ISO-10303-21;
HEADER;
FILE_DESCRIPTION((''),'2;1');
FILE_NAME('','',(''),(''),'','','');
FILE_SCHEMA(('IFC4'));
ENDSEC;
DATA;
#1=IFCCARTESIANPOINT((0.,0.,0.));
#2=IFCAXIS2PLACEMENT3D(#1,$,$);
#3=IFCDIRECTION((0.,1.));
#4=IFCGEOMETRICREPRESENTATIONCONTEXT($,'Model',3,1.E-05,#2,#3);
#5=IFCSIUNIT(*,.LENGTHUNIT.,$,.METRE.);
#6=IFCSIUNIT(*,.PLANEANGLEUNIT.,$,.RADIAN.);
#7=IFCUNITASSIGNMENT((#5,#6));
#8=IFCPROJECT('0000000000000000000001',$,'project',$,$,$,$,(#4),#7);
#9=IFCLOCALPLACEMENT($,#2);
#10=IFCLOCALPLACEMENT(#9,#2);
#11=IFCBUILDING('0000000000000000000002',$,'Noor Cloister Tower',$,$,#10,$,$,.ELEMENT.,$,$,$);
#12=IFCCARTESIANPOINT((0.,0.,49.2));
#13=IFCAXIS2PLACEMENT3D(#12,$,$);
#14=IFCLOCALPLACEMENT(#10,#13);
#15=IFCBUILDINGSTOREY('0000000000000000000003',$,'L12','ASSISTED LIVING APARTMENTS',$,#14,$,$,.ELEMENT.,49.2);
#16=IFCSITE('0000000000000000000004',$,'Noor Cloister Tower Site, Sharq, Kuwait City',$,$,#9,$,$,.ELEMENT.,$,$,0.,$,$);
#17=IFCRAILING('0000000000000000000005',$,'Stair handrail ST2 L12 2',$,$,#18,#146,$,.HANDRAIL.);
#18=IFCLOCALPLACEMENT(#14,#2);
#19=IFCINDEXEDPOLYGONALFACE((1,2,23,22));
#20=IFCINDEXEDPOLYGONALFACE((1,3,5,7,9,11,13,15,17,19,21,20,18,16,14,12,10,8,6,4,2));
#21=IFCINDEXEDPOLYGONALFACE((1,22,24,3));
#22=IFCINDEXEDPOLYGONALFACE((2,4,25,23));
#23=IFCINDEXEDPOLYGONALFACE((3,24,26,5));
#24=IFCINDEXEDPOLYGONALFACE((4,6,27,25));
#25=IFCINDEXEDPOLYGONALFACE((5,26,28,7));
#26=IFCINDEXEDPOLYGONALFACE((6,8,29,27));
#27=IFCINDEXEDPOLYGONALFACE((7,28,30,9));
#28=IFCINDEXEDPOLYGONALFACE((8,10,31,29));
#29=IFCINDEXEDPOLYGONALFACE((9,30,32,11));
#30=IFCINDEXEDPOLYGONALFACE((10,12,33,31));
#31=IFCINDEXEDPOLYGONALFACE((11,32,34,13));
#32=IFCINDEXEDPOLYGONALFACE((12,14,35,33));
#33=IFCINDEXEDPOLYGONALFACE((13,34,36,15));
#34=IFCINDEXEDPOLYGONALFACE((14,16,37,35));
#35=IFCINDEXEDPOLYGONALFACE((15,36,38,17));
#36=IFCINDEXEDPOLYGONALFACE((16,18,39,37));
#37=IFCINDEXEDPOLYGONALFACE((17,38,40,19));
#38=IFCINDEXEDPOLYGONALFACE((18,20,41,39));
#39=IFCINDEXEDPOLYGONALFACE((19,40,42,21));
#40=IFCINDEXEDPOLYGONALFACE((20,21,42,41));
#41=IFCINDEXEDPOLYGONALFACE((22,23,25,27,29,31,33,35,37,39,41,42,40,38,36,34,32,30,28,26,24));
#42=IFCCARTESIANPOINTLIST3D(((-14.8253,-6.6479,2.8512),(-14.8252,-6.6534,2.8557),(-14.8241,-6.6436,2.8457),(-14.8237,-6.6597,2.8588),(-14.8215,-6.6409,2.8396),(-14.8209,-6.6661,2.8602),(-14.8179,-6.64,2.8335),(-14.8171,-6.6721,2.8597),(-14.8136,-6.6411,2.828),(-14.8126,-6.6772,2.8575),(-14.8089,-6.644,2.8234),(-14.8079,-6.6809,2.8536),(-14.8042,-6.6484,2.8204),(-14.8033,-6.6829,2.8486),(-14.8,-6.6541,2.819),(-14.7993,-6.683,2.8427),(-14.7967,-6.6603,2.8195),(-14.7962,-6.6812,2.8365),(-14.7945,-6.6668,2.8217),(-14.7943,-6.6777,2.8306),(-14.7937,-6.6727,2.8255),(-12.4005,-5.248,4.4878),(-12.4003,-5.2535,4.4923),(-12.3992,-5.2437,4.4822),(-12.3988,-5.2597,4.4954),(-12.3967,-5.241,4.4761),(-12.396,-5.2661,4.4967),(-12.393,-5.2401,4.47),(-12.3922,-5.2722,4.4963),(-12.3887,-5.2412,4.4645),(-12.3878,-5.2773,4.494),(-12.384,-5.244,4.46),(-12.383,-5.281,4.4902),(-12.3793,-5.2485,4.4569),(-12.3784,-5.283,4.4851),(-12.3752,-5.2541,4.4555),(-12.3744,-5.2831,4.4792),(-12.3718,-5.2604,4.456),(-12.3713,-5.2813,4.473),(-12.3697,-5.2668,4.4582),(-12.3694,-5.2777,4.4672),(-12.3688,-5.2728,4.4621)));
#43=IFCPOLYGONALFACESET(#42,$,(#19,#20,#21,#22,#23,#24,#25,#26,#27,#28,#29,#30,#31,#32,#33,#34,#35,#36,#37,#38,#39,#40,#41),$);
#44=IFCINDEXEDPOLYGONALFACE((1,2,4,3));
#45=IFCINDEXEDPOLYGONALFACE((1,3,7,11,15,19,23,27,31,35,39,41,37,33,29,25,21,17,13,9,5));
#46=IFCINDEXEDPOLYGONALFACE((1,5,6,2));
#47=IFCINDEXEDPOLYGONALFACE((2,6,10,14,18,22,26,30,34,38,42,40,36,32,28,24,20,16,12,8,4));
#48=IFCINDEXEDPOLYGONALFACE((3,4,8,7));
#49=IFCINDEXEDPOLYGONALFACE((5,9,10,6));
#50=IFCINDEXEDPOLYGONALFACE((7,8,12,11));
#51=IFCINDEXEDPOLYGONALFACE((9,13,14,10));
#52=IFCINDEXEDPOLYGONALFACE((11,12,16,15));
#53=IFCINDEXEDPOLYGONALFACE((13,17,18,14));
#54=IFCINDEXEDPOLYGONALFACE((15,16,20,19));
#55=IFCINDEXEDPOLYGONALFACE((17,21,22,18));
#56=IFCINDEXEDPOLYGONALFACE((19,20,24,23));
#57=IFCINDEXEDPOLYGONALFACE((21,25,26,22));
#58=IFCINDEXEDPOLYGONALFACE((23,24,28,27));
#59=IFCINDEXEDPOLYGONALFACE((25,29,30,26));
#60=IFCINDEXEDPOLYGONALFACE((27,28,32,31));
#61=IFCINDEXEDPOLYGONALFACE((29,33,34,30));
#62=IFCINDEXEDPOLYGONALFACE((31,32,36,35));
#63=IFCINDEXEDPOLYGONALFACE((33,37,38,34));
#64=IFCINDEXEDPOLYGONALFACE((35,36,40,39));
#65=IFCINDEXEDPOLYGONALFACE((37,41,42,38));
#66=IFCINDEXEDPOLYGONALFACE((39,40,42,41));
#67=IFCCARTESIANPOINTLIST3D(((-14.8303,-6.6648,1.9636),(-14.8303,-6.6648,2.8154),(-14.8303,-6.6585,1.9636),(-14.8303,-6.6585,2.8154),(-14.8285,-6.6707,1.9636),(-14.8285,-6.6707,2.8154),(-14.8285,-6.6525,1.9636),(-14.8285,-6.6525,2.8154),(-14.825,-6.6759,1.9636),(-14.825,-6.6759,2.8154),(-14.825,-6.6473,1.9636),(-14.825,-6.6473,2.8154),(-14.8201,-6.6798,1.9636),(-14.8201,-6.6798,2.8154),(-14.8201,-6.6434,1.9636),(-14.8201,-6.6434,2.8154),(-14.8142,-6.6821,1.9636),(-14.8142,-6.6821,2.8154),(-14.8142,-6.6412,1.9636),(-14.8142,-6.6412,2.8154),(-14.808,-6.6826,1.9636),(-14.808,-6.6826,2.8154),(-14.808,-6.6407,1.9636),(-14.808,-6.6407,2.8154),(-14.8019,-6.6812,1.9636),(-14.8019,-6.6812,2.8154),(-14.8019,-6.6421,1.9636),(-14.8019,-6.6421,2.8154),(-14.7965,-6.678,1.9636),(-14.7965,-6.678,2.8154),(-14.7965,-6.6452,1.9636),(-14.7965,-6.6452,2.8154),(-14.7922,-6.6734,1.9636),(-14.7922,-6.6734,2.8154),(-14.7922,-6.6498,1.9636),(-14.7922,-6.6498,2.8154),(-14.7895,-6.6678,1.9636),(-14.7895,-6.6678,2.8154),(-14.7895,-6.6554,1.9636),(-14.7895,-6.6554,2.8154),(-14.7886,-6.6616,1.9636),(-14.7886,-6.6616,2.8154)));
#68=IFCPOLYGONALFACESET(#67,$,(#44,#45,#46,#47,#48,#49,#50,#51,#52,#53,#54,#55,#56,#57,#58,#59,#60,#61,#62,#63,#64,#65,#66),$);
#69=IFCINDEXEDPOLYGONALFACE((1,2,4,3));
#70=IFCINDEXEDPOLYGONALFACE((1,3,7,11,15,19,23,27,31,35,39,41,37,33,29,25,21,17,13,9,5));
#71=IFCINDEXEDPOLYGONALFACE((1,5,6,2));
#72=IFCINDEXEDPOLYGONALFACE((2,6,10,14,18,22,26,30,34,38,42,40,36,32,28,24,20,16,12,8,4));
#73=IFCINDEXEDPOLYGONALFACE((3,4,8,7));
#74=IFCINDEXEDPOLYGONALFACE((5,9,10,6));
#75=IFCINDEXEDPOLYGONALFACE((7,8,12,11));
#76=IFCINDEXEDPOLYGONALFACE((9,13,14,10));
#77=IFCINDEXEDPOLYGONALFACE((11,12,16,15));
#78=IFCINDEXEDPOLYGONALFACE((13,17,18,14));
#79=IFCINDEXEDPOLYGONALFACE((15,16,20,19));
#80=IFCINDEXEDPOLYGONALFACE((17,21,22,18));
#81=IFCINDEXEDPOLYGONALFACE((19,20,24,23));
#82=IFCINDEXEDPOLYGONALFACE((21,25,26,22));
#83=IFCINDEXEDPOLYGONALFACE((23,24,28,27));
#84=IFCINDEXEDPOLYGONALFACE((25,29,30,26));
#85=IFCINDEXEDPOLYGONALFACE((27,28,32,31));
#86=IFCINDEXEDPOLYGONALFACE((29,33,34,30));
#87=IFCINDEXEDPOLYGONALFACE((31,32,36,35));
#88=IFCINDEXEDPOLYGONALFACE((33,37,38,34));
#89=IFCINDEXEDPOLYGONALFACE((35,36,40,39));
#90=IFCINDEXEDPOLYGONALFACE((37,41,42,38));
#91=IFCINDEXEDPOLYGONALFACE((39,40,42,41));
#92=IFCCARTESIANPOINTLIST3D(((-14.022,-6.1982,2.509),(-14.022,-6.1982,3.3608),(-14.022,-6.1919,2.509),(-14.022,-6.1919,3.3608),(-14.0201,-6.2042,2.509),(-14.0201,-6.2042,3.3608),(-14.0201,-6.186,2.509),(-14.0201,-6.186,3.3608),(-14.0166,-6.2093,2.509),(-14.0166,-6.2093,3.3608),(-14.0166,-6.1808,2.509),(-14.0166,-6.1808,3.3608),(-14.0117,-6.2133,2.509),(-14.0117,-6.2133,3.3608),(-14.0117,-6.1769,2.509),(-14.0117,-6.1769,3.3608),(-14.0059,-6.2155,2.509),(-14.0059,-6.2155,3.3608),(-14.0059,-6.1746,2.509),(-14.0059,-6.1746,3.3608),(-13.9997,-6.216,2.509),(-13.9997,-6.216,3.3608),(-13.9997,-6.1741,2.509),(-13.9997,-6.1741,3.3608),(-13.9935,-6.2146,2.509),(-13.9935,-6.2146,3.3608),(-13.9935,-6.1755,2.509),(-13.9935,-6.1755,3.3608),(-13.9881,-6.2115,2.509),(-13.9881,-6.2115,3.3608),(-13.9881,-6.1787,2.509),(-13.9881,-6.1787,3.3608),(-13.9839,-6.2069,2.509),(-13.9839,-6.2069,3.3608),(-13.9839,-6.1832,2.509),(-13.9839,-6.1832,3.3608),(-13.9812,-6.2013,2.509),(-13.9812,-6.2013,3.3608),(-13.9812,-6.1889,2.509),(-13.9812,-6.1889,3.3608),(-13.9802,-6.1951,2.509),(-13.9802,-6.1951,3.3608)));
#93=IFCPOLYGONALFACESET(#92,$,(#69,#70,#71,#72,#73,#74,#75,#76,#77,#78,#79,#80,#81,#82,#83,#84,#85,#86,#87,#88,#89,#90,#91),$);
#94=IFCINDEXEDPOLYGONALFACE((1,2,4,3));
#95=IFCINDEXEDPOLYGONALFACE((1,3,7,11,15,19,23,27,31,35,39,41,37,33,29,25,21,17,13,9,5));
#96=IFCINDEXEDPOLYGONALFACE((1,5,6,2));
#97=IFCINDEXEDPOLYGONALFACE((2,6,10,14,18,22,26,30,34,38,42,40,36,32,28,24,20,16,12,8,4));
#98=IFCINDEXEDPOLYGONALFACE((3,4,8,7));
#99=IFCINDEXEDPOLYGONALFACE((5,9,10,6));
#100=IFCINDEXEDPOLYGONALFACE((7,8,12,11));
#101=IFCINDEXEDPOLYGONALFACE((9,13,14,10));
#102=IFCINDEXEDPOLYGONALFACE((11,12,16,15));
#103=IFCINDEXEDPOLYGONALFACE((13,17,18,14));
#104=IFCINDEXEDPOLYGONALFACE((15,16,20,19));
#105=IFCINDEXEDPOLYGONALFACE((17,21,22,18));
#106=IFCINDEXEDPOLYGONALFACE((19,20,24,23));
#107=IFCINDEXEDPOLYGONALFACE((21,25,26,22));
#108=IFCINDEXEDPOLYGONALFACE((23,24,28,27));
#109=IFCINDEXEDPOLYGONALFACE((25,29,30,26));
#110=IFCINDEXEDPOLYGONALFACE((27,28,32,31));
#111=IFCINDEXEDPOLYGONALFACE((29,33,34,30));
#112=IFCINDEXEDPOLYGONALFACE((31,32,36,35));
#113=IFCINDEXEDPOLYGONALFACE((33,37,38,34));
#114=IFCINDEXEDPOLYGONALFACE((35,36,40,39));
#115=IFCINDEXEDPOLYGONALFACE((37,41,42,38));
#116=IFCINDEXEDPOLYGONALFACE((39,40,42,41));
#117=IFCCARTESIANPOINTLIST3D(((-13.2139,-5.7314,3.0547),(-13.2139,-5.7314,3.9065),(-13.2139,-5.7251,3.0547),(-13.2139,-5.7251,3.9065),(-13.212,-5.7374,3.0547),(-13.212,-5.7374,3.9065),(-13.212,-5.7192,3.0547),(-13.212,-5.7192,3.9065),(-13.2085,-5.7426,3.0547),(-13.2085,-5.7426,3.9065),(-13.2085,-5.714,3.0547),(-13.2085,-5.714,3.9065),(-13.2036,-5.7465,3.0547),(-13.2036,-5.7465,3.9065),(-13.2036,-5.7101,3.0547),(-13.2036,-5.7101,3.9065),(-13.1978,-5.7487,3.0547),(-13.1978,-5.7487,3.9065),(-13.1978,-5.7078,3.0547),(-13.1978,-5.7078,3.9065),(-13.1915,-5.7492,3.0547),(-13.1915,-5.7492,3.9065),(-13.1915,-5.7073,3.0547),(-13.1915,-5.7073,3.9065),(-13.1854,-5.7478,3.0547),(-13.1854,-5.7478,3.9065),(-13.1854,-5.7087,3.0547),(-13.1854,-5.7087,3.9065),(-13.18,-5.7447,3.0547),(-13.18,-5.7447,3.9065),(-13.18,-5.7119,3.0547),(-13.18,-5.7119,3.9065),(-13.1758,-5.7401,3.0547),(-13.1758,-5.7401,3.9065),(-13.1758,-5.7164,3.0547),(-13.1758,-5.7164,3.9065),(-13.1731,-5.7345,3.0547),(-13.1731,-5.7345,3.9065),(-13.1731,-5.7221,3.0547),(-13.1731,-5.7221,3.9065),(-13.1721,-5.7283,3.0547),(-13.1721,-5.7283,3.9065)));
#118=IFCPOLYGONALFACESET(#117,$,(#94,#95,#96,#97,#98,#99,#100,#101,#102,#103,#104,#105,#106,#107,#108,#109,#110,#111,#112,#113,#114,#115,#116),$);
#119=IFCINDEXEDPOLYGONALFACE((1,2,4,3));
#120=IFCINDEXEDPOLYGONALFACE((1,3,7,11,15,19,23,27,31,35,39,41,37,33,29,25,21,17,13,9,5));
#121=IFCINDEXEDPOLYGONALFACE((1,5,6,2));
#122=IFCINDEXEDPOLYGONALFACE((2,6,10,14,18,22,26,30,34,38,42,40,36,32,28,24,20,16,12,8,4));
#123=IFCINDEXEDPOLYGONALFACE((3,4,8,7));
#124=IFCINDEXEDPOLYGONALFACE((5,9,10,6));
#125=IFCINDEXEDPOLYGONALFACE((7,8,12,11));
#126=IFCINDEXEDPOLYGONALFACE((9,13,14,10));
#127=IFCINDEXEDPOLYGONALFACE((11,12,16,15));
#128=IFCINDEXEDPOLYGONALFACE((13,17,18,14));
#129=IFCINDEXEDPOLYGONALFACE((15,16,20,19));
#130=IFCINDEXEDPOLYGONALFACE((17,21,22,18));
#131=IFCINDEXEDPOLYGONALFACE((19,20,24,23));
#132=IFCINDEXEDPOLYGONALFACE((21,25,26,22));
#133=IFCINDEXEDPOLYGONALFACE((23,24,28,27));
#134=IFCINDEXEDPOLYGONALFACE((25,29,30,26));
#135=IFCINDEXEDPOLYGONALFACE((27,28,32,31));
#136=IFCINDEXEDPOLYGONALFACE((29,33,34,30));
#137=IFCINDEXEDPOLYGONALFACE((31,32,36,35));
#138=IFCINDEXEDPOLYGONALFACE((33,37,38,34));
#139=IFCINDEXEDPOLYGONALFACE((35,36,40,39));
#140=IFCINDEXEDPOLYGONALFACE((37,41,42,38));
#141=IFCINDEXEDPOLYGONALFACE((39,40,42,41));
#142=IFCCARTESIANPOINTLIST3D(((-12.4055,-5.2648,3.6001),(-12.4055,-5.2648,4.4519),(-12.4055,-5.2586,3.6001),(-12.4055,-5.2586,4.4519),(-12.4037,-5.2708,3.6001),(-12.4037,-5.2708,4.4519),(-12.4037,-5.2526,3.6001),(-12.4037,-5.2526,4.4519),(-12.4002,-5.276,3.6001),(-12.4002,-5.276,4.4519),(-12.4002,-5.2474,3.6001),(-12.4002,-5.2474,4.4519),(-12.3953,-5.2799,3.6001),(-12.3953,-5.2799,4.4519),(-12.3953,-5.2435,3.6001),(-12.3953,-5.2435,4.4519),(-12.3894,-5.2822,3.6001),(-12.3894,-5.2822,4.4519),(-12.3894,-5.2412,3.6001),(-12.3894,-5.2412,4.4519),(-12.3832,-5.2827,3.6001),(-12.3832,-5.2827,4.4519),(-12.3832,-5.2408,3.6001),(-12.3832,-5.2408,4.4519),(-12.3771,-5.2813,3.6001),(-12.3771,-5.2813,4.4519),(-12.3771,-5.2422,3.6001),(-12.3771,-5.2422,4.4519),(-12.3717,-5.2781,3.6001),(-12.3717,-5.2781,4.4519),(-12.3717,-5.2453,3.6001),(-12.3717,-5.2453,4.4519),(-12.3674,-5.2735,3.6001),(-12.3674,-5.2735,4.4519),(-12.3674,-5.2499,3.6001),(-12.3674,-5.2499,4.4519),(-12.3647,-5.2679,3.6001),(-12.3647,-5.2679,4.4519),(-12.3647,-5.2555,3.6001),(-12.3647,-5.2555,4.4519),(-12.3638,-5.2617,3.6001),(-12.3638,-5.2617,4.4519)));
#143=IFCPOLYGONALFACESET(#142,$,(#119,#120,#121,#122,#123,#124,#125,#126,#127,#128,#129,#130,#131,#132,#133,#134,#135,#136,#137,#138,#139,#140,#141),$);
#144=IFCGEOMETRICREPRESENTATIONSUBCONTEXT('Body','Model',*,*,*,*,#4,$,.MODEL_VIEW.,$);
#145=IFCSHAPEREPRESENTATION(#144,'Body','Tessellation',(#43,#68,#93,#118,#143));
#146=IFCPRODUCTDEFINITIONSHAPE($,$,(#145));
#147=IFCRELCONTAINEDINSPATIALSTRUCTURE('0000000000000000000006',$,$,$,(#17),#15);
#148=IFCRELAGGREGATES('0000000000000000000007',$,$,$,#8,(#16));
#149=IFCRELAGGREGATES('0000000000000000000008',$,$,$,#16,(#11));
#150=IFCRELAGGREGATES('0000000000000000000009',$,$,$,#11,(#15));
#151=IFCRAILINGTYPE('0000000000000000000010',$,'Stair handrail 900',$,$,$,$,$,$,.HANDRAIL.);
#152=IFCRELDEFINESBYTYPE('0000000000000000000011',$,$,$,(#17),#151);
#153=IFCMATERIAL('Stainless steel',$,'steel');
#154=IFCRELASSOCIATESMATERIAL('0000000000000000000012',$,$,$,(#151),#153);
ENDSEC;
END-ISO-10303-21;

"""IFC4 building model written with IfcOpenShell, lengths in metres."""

from ifc_helpers import new_model, si_unit, direction, frame, origin, origin_2d, place, context, subcontext, project, spatial, circle, extrude, material, type_object, element, save


model = new_model("IFC4")

# Units and contexts
model_context = context("Model", 3, precision=1e-05, world=origin(), true_north=direction((0.0, 1.0)))
body_context = subcontext(model_context, "Body", "Model", "MODEL_VIEW")
ifc_project = project(units=[si_unit("LENGTHUNIT", "METRE"), si_unit("PLANEANGLEUNIT", "RADIAN")], contexts=[model_context])

# Site, building, storey
site_placement = place(None, origin())
site = spatial("IfcSite", under=ifc_project, at=site_placement, Name="Noor Cloister Tower Site, Sharq, Kuwait City", CompositionType="ELEMENT", RefElevation=0.0)
building_placement = place(site_placement, origin())
building = spatial("IfcBuilding", under=site, at=building_placement, Name="Noor Cloister Tower", CompositionType="ELEMENT")
storey_placement = place(building_placement, frame((0.0, 0.0, 49.2)))
storey = spatial("IfcBuildingStorey", under=building, at=storey_placement, Name="L12", Description="ASSISTED LIVING APARTMENTS", CompositionType="ELEMENT", Elevation=49.2)

# Railing
ifc_material_1 = material(Name="Stainless steel", Category="steel")
railing_type = type_object("IfcRailingType", Name="Stair handrail 900", PredefinedType="HANDRAIL", material=ifc_material_1)
railing_1_placement = place(storey_placement, frame((-14.8096, -6.6616, 1.9636)))
element("IfcRailing", 1, at=railing_1_placement, inside=storey, type_object=railing_type, Name="Stair handrail ST2 L12 2", PredefinedType="HANDRAIL", context=body_context, shape_type="SweptSolid", body=[
    extrude(circle(Radius=0.0239, at=origin_2d()), frame((0.0, 0.0, 0.876), z_axis=(0.74769, 0.431661, 0.504608), x_axis=(-0.499984, 0.866035, 0.0)), (0.0, 0.0, 1.0), 3.2432),
    extrude(circle(Radius=0.021, at=origin_2d()), origin(), (0.0, 0.0, 1.0), 0.8518),
    extrude(circle(Radius=0.021, at=origin_2d()), frame((0.8083, 0.4666, 0.5454)), (0.0, 0.0, 1.0), 0.8518),
    extrude(circle(Radius=0.021, at=origin_2d()), frame((1.6165, 0.9333, 1.0911)), (0.0, 0.0, 1.0), 0.8518),
    extrude(circle(Radius=0.021, at=origin_2d()), frame((2.4248, 1.3999, 1.6365)), (0.0, 0.0, 1.0), 0.8518),
])

save(model, "model.ifc")
